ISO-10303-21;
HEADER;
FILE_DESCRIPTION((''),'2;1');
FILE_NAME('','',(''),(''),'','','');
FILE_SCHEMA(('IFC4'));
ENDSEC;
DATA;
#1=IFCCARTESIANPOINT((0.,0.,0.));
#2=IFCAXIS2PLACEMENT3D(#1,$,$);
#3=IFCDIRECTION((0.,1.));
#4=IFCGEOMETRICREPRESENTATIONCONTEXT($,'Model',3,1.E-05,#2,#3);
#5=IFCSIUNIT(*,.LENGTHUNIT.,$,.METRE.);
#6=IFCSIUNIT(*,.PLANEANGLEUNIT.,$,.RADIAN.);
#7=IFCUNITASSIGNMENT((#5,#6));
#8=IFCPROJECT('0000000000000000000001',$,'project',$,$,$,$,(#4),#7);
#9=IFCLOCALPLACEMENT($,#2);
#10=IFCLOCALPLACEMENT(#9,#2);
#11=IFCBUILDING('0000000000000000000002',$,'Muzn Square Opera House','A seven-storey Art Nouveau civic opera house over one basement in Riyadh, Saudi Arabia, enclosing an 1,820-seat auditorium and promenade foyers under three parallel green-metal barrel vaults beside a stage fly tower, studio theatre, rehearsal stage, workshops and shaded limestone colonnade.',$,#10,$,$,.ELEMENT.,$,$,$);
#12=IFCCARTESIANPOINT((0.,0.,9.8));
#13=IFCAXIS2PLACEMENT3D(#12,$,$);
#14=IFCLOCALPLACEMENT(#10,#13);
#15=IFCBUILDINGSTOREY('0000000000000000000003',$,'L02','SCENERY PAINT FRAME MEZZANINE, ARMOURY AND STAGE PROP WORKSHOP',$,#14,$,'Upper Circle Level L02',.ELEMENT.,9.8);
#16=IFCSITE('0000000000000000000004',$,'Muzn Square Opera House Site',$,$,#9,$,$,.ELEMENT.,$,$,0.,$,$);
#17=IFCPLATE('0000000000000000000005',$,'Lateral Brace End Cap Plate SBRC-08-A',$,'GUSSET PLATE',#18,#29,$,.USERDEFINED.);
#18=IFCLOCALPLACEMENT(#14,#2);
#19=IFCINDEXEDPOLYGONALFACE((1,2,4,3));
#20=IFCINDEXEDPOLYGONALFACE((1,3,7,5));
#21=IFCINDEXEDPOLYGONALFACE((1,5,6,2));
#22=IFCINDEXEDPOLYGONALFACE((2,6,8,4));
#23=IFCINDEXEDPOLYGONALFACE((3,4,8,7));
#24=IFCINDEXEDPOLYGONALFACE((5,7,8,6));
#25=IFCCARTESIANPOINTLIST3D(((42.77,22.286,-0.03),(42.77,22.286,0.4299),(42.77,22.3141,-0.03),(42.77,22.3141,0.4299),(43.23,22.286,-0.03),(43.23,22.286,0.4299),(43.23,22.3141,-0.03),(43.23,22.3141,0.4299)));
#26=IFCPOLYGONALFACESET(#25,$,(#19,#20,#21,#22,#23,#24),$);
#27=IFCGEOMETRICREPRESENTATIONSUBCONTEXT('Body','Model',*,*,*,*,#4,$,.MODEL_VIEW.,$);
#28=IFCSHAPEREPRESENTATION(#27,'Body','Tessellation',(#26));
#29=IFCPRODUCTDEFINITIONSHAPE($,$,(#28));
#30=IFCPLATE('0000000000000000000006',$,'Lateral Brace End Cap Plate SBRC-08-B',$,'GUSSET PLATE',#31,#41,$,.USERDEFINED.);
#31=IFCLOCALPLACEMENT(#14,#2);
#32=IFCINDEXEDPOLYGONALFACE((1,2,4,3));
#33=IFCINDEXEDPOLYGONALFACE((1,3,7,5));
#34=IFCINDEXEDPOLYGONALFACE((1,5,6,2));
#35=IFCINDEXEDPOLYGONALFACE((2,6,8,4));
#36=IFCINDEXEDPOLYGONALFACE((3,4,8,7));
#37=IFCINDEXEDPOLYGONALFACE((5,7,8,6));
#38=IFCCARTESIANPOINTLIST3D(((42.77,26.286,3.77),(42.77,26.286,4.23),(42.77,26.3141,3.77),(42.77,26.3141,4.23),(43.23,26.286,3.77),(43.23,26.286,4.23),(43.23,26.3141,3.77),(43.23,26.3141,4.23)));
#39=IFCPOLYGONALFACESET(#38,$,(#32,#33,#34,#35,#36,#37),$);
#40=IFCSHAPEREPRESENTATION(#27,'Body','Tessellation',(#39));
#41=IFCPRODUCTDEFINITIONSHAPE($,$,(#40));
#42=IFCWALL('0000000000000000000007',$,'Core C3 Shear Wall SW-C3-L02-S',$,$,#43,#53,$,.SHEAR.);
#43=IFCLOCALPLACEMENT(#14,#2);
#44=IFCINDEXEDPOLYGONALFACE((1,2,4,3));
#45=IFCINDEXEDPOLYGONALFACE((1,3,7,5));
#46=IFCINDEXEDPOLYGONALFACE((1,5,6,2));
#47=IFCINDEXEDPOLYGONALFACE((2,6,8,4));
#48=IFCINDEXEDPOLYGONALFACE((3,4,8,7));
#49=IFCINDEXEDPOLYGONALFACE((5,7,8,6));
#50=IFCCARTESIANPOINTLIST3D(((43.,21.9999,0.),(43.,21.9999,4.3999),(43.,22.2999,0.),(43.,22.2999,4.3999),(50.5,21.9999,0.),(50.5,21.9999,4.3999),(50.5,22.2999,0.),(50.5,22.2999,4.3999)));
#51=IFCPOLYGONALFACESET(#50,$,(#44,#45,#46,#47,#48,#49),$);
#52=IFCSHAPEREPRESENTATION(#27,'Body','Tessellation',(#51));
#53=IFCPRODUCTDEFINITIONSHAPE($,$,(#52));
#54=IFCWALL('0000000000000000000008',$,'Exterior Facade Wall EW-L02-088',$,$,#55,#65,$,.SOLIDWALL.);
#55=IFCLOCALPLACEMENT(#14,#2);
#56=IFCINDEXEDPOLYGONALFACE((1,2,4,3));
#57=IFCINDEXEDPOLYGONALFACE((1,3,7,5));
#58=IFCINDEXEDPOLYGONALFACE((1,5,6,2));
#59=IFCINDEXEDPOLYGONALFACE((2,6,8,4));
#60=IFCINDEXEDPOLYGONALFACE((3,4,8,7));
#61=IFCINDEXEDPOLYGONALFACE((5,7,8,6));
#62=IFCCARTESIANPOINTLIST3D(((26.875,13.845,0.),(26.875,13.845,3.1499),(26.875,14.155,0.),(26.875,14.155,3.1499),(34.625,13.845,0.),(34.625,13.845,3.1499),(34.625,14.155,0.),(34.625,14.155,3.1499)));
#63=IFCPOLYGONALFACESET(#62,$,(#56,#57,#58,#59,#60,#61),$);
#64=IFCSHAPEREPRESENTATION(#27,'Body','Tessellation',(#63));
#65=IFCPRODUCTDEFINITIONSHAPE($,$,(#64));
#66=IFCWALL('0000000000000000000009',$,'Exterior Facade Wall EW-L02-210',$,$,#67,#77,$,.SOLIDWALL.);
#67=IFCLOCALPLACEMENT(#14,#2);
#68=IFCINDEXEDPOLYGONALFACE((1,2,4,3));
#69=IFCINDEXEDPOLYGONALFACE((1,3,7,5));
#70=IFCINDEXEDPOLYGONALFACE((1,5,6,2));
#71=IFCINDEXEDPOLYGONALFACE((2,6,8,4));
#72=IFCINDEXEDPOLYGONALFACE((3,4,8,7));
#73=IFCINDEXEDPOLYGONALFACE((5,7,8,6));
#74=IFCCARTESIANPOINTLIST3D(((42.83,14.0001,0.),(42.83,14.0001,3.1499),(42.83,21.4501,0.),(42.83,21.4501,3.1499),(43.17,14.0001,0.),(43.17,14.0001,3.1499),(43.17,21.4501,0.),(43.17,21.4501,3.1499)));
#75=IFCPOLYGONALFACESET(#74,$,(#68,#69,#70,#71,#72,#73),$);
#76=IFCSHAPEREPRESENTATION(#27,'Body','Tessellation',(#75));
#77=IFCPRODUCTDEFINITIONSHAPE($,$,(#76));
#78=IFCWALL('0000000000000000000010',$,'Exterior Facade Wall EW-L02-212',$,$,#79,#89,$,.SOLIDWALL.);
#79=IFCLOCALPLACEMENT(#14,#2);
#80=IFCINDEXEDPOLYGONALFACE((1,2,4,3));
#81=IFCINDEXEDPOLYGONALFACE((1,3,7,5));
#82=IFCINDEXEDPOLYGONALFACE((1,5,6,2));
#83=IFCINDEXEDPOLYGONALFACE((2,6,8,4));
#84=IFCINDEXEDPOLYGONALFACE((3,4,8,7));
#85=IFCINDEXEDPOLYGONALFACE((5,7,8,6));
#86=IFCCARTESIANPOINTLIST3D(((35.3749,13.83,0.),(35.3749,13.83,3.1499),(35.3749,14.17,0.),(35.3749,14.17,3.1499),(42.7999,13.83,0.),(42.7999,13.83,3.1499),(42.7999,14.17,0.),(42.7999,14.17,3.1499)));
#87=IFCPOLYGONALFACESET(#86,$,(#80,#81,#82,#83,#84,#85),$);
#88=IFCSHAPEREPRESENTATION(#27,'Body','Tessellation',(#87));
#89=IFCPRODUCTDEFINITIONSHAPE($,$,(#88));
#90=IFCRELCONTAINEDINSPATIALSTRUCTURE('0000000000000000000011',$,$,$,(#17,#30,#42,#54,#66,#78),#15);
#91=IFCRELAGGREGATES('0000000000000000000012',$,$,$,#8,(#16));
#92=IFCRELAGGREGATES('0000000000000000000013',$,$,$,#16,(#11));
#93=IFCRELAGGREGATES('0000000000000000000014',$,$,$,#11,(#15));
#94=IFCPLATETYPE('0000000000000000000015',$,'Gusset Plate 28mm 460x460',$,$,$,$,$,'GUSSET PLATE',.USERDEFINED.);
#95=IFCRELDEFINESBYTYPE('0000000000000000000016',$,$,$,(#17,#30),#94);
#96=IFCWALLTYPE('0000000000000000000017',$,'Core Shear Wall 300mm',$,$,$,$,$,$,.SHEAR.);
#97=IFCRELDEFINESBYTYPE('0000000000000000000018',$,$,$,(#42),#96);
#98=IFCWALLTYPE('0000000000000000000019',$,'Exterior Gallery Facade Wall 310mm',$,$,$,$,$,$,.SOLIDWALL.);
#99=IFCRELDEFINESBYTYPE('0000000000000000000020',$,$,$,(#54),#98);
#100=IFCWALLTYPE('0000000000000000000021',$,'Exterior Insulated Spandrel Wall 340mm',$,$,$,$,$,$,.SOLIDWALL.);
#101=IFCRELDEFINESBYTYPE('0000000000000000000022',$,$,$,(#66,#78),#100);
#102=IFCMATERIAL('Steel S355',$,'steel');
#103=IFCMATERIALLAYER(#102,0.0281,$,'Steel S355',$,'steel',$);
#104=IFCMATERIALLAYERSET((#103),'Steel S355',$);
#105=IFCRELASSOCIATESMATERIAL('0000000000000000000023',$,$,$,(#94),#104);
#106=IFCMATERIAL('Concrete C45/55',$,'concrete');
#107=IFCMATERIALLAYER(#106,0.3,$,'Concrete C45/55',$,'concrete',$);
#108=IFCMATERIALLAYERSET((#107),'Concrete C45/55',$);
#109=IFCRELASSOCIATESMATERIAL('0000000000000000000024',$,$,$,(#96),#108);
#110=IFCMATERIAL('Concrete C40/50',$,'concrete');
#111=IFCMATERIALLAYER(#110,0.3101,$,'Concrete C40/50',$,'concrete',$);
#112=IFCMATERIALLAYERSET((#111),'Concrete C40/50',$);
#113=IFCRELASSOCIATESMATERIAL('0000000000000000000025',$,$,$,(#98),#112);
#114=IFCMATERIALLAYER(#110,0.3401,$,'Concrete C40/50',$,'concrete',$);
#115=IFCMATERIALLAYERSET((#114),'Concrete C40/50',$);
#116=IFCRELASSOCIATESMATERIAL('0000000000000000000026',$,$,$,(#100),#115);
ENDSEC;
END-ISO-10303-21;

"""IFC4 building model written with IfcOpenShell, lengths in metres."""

from ifc_helpers import new_model, si_unit, direction, frame, frame_2d, origin, origin_2d, place, context, subcontext, project, spatial, rectangle, extrude, material, layer, layer_set, type_object, element, save


model = new_model("IFC4")

# Units and contexts
model_context = context("Model", 3, precision=1e-05, world=origin(), true_north=direction((0.0, 1.0)))
body_context = subcontext(model_context, "Body", "Model", "MODEL_VIEW")
ifc_project = project(units=[si_unit("LENGTHUNIT", "METRE"), si_unit("PLANEANGLEUNIT", "RADIAN")], contexts=[model_context])

# Site, building, storey
site_placement = place(None, origin())
site = spatial("IfcSite", under=ifc_project, at=site_placement, Name="Muzn Square Opera House Site", CompositionType="ELEMENT", RefElevation=0.0)
building_placement = place(site_placement, origin())
building = spatial("IfcBuilding", under=site, at=building_placement, Name="Muzn Square Opera House", Description="A seven-storey Art Nouveau civic opera house over one basement in Riyadh, Saudi Arabia, enclosing an 1,820-seat auditorium and promenade foyers under three parallel green-metal barrel vaults beside a stage fly tower, studio theatre, rehearsal stage, workshops and shaded limestone colonnade.", CompositionType="ELEMENT")
storey_placement = place(building_placement, frame((0.0, 0.0, 9.8)))
storey = spatial("IfcBuildingStorey", under=building, at=storey_placement, Name="L02", Description="SCENERY PAINT FRAME MEZZANINE, ARMOURY AND STAGE PROP WORKSHOP", LongName="Upper Circle Level L02", CompositionType="ELEMENT", Elevation=9.8)

# Shared definitions
ifc_material_1 = material(Name="Concrete C45/55", Category="concrete")

# Shared definitions
ifc_material_2 = material(Name="Concrete C40/50", Category="concrete")

# Shared definitions
ifc_material_3 = material(Name="Steel S355", Category="steel")

# Plates
ifc_layer_1 = layer(ifc_material_3, 0.0281, Name="Steel S355", Category="steel")
ifc_layer_set_1 = layer_set([ifc_layer_1], Name="Steel S355")
plate_type_1 = type_object("IfcPlateType", Name="Gusset Plate 28mm 460x460", ElementType="GUSSET PLATE", PredefinedType="USERDEFINED", material=ifc_layer_set_1)
for number, where, z_axis, x_axis, name in (
    (1, (43.0, 22.3, -0.03), (0.0, 0.0, 1.0), (1.0, 0.0, 0.0), "Lateral Brace End Cap Plate SBRC-08-A"),
    (2, (43.0, 26.3, 3.77), (0.0, 0.0, 1.0), (1.0, 0.0, 0.0), "Lateral Brace End Cap Plate SBRC-08-B"),
):
    element("IfcPlate", number, at=place(storey_placement, frame(where, z_axis=z_axis, x_axis=x_axis)), inside=storey, type_object=plate_type_1, Name=name, ObjectType="GUSSET PLATE", PredefinedType="USERDEFINED", context=body_context, shape_type="SweptSolid", body=[
        extrude(rectangle(XDim=0.46, YDim=0.0281, at=origin_2d()), origin(), (0.0, 0.0, 1.0), 0.46),
    ])

# Wall
ifc_layer_2 = layer(ifc_material_1, 0.3, Name="Concrete C45/55", Category="concrete")
ifc_layer_set_2 = layer_set([ifc_layer_2], Name="Concrete C45/55")
wall_type_1 = type_object("IfcWallType", Name="Core Shear Wall 300mm", PredefinedType="SHEAR", material=ifc_layer_set_2)
wall_1_placement = place(storey_placement, frame((43.0, 22.1499, 0.0), z_axis=(0.0, 0.0, 1.0), x_axis=(1.0, 0.0, 0.0)))
element("IfcWall", 3, at=wall_1_placement, inside=storey, type_object=wall_type_1, Name="Core C3 Shear Wall SW-C3-L02-S", PredefinedType="SHEAR", context=body_context, shape_type="SweptSolid", body=[
    extrude(rectangle(XDim=7.5, YDim=0.3, at=frame_2d((3.75, 0.0))), origin(), (0.0, 0.0, 1.0), 4.3999),
])

# Walls
ifc_layer_3 = layer(ifc_material_2, 0.3101, Name="Concrete C40/50", Category="concrete")
ifc_layer_set_3 = layer_set([ifc_layer_3], Name="Concrete C40/50")
wall_type_2 = type_object("IfcWallType", Name="Exterior Gallery Facade Wall 310mm", PredefinedType="SOLIDWALL", material=ifc_layer_set_3)
wall_2_placement = place(storey_placement, frame((26.875, 14.0, 0.0), z_axis=(0.0, 0.0, 1.0), x_axis=(1.0, 0.0, 0.0)))
element("IfcWall", 4, at=wall_2_placement, inside=storey, type_object=wall_type_2, Name="Exterior Facade Wall EW-L02-088", PredefinedType="SOLIDWALL", context=body_context, shape_type="SweptSolid", body=[
    extrude(rectangle(XDim=7.75, YDim=0.3101, at=frame_2d((3.875, 0.0))), origin(), (0.0, 0.0, 1.0), 3.1499),
])
ifc_layer_4 = layer(ifc_material_2, 0.3401, Name="Concrete C40/50", Category="concrete")
ifc_layer_set_4 = layer_set([ifc_layer_4], Name="Concrete C40/50")
wall_type_3 = type_object("IfcWallType", Name="Exterior Insulated Spandrel Wall 340mm", PredefinedType="SOLIDWALL", material=ifc_layer_set_4)
wall_3_placement = place(storey_placement, frame((43.0, 14.0, 0.0), z_axis=(0.0, 0.0, 1.0), x_axis=(0.0, 1.0, 0.0)))
element("IfcWall", 5, at=wall_3_placement, inside=storey, type_object=wall_type_3, Name="Exterior Facade Wall EW-L02-210", PredefinedType="SOLIDWALL", context=body_context, shape_type="SweptSolid", body=[
    extrude(rectangle(XDim=7.45, YDim=0.3401, at=frame_2d((3.7251, 0.0))), origin(), (0.0, 0.0, 1.0), 3.1499),
])
wall_4_placement = place(storey_placement, frame((35.375, 14.0, 0.0), z_axis=(0.0, 0.0, 1.0), x_axis=(1.0, 0.0, 0.0)))
element("IfcWall", 6, at=wall_4_placement, inside=storey, type_object=wall_type_3, Name="Exterior Facade Wall EW-L02-212", PredefinedType="SOLIDWALL", context=body_context, shape_type="SweptSolid", body=[
    extrude(rectangle(XDim=7.425, YDim=0.3401, at=frame_2d((3.7124, 0.0))), origin(), (0.0, 0.0, 1.0), 3.1499),
])

save(model, "model.ifc")
